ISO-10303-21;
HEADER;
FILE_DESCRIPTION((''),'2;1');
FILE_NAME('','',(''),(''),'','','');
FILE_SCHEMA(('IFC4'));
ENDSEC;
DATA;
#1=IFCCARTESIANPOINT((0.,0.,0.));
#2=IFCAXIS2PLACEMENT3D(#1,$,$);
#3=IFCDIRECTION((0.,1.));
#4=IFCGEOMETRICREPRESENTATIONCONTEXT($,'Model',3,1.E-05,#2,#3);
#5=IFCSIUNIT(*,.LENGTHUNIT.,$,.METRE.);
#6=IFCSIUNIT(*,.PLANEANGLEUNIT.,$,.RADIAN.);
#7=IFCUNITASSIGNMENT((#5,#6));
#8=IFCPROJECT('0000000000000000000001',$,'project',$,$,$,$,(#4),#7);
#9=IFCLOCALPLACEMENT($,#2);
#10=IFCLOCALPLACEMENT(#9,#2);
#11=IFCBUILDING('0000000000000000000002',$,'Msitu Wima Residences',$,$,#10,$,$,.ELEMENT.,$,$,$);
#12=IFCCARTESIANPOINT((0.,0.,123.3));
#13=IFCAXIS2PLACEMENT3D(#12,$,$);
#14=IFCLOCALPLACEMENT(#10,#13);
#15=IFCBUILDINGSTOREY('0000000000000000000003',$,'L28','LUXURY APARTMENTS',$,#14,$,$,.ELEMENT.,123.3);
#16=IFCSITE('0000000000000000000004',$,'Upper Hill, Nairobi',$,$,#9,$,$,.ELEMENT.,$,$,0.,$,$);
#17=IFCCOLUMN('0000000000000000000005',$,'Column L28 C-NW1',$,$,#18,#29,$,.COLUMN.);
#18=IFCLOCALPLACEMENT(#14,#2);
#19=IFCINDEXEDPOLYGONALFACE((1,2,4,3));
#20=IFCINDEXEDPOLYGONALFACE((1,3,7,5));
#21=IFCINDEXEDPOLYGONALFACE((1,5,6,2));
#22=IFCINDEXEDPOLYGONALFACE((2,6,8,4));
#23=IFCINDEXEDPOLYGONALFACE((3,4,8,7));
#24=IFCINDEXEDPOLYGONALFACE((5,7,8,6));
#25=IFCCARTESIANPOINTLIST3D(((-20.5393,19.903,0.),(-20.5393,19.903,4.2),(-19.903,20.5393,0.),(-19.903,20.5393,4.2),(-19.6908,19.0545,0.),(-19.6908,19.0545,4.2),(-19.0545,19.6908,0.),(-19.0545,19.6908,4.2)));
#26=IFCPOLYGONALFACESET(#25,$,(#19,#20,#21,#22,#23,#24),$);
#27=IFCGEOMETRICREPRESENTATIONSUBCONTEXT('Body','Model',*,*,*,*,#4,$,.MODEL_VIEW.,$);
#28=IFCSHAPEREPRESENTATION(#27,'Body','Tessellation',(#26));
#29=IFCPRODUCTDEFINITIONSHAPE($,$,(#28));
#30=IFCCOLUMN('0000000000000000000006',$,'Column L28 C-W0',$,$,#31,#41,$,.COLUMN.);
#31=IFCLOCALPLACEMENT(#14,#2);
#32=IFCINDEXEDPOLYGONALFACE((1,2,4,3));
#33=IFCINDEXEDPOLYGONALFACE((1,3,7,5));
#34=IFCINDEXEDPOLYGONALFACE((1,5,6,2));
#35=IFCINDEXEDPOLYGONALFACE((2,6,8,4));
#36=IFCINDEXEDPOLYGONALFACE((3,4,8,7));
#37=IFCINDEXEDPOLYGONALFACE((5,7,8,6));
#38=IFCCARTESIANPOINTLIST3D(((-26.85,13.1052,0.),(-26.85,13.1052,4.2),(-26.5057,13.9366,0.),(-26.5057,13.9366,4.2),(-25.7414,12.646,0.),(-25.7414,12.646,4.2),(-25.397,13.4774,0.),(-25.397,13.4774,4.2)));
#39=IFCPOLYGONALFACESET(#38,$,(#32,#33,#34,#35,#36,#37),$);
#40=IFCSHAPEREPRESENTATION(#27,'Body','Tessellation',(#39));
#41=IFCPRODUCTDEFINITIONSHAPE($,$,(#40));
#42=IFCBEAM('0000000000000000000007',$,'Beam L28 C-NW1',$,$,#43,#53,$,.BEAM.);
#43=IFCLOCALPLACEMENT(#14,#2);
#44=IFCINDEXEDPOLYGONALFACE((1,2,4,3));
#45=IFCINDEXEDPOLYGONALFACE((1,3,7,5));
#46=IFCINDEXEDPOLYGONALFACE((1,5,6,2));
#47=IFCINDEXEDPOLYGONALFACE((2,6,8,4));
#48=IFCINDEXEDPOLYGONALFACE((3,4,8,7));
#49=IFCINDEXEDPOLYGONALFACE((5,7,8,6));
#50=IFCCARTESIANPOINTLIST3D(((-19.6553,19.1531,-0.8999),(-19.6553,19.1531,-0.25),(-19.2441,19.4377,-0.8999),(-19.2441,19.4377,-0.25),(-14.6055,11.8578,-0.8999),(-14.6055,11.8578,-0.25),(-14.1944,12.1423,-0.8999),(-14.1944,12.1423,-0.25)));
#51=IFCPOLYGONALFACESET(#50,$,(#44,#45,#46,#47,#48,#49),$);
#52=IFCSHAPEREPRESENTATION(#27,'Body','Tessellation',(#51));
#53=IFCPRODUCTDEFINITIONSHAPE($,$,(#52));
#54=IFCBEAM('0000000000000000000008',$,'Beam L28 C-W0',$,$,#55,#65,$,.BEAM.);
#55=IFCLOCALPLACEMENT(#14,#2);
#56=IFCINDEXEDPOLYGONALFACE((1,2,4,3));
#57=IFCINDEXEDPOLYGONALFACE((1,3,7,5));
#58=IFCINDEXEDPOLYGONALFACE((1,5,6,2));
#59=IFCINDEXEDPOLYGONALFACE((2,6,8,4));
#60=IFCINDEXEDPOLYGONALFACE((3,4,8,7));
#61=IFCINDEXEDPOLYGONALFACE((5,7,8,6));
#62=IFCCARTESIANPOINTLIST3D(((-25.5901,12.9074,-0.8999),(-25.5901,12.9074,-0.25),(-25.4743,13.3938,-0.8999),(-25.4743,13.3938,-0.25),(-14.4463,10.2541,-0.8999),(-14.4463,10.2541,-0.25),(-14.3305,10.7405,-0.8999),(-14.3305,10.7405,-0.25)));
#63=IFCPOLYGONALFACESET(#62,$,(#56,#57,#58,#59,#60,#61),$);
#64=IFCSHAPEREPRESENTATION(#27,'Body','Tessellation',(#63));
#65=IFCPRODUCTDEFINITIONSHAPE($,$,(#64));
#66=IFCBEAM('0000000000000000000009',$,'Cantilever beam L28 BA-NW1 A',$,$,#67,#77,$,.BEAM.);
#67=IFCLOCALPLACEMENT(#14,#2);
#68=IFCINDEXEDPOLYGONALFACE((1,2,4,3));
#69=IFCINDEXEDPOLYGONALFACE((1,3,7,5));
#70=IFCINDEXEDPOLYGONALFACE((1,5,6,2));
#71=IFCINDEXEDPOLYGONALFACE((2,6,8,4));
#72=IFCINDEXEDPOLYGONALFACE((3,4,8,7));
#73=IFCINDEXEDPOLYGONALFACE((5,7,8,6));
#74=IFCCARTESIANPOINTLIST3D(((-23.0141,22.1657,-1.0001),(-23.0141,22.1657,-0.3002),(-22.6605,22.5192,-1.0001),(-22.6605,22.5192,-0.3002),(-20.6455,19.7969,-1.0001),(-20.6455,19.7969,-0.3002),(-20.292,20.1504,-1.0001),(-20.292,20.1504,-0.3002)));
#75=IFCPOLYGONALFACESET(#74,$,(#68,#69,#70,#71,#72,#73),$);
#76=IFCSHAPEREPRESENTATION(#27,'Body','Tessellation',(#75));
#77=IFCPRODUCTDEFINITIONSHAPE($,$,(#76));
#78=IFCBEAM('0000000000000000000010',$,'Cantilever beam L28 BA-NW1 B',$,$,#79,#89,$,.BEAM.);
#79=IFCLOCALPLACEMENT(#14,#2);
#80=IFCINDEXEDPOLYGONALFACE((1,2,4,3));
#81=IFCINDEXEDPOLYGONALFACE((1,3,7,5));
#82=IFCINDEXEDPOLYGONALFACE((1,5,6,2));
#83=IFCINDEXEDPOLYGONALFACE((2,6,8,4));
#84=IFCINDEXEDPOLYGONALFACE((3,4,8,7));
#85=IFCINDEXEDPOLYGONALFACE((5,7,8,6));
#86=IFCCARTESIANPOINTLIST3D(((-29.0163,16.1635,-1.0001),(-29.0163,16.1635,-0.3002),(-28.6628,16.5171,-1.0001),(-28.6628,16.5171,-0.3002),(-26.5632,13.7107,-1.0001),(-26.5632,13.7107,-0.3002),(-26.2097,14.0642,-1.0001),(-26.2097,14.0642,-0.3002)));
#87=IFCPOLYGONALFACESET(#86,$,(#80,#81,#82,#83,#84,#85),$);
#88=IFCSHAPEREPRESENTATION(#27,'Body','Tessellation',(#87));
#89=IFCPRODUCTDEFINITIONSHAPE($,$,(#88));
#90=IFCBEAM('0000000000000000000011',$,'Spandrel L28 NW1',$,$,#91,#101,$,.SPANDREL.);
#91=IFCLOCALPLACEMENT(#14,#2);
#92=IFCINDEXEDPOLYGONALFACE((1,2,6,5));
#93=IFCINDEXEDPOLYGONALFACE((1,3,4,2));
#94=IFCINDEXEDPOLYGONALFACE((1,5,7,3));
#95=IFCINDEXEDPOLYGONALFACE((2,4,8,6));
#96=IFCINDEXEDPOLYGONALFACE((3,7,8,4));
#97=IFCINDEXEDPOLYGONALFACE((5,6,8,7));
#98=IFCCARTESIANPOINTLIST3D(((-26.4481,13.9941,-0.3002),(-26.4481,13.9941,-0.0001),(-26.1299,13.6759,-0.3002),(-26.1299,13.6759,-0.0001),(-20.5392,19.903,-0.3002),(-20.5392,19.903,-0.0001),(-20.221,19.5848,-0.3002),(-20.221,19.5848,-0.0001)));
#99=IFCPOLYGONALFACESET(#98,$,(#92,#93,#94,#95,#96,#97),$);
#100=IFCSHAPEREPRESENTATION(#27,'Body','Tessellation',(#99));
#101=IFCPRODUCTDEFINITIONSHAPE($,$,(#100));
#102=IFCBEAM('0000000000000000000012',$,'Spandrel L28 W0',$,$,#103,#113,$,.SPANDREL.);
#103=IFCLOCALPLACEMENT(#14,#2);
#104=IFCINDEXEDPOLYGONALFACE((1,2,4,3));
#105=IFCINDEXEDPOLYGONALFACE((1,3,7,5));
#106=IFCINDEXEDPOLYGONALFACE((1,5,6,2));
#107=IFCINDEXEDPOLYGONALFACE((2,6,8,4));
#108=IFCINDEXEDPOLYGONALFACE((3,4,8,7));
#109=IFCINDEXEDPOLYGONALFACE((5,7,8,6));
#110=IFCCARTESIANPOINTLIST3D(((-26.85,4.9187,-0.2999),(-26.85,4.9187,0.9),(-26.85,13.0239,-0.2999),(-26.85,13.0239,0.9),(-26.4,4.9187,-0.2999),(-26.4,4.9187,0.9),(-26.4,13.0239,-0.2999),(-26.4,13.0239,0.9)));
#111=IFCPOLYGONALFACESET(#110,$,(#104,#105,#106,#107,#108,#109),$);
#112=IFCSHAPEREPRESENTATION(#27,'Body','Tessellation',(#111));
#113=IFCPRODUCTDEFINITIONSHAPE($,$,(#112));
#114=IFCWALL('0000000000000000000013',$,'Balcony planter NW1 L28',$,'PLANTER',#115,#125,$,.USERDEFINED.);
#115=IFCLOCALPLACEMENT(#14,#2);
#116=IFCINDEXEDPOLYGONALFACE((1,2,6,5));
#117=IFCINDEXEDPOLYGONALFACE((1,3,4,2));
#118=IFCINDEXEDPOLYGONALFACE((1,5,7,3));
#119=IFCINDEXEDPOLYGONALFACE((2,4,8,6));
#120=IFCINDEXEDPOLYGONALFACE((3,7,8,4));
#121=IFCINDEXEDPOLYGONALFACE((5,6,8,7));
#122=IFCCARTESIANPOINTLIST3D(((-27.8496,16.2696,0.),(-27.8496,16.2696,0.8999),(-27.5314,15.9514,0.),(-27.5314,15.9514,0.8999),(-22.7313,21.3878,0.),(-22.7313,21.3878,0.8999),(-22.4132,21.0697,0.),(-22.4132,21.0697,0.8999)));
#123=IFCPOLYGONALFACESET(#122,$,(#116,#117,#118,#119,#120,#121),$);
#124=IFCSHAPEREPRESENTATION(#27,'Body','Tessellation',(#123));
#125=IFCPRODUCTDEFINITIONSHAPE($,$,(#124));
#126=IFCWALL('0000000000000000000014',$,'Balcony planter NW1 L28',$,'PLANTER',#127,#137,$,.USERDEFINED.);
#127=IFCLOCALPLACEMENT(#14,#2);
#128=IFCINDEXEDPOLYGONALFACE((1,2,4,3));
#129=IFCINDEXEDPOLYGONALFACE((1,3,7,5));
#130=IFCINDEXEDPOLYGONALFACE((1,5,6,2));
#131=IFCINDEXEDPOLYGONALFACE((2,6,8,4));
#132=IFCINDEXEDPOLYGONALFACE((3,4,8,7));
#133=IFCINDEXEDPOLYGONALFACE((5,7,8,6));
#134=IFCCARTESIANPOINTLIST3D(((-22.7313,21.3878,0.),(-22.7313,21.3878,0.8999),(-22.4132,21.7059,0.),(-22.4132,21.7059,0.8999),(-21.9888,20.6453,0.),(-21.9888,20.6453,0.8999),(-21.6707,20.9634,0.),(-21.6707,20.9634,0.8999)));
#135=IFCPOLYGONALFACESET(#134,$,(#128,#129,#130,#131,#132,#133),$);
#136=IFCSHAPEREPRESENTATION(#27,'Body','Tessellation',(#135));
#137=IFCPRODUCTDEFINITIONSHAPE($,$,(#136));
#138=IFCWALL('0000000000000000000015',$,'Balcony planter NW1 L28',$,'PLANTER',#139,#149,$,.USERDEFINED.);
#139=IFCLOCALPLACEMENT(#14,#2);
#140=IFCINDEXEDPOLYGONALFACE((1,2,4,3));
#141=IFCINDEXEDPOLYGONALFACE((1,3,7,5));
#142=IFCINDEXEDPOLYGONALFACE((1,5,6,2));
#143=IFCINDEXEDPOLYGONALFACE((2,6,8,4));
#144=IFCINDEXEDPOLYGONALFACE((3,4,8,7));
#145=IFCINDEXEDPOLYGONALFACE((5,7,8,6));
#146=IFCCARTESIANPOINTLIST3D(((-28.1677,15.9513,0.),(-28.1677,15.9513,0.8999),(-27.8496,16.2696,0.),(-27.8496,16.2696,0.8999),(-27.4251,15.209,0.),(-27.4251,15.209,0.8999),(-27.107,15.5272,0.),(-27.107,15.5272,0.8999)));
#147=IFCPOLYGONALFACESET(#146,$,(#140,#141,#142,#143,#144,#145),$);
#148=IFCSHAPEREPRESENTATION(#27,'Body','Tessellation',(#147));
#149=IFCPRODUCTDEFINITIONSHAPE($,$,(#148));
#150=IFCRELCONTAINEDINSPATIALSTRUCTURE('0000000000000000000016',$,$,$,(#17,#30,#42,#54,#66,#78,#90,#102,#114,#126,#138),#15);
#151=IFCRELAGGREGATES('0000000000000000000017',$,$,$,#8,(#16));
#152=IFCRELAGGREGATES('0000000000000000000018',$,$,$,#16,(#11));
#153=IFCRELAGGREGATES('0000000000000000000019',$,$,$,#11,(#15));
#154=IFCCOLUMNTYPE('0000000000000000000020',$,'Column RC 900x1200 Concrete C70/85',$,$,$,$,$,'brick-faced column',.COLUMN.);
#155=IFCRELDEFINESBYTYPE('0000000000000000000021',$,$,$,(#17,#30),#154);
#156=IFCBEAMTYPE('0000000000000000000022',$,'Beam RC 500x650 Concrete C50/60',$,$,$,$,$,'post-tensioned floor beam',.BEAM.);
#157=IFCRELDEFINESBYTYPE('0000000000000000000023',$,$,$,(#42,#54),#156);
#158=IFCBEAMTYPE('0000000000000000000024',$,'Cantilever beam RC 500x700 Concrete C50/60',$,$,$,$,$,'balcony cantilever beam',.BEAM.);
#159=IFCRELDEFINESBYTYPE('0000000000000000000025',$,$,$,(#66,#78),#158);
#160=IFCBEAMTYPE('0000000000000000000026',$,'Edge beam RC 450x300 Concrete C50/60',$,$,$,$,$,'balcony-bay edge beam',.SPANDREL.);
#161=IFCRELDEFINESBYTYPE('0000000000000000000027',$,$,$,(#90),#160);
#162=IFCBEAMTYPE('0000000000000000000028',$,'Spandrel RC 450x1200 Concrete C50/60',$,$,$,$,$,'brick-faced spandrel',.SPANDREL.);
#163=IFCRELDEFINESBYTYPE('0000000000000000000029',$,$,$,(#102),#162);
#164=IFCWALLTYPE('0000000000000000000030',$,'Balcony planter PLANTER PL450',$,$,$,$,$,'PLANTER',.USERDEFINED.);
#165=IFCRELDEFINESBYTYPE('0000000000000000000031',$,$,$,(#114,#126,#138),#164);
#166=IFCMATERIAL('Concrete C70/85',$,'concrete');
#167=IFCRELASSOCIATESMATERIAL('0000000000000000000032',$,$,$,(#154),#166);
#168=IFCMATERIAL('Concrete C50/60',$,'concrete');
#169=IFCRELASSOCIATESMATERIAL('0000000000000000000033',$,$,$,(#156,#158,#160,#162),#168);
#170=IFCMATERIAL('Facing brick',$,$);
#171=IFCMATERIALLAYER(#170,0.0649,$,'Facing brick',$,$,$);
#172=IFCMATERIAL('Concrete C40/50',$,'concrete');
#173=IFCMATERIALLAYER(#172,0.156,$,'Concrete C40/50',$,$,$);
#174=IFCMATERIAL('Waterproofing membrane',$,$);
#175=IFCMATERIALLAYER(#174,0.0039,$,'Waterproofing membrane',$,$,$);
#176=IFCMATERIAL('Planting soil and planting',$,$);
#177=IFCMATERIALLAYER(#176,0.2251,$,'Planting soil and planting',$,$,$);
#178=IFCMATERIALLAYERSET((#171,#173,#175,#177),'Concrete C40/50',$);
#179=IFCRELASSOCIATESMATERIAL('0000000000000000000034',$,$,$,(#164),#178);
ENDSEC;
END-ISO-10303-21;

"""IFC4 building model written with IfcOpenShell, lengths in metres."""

from ifc_helpers import new_model, si_unit, direction, frame, frame_2d, origin, origin_2d, place, context, subcontext, project, spatial, rectangle, extrude, material, layer, layer_set, material_profile, profile_set, type_object, element, save


model = new_model("IFC4")

# Units and contexts
model_context = context("Model", 3, precision=1e-05, world=origin(), true_north=direction((0.0, 1.0)))
body_context = subcontext(model_context, "Body", "Model", "MODEL_VIEW")
ifc_project = project(units=[si_unit("LENGTHUNIT", "METRE"), si_unit("PLANEANGLEUNIT", "RADIAN")], contexts=[model_context])

# Site, building, storey
site_placement = place(None, origin())
site = spatial("IfcSite", under=ifc_project, at=site_placement, Name="Upper Hill, Nairobi", CompositionType="ELEMENT", RefElevation=0.0)
building_placement = place(site_placement, origin())
building = spatial("IfcBuilding", under=site, at=building_placement, Name="Msitu Wima Residences", CompositionType="ELEMENT")
storey_placement = place(building_placement, frame((0.0, 0.0, 123.3)))
storey = spatial("IfcBuildingStorey", under=building, at=storey_placement, Name="L28", Description="LUXURY APARTMENTS", CompositionType="ELEMENT", Elevation=123.3)

# Columns
ifc_material_1 = material(Name="Concrete C70/85", Category="concrete")
ifc_material_profile_1 = material_profile(ifc_material_1, rectangle(XDim=0.8999, YDim=1.2, at=origin_2d()), Name="RC 900x1200")
ifc_profile_set_1 = profile_set([ifc_material_profile_1], Name="Concrete C70/85")
column_type = type_object("IfcColumnType", Name="Column RC 900x1200 Concrete C70/85", ElementType="brick-faced column", PredefinedType="COLUMN", material=ifc_profile_set_1)
for number, where, z_axis, x_axis, name in (
    (1, (-19.7969, 19.7969, 0.0), (0.0, 0.0, 1.0), (-0.707107, -0.707107, 0.0), "Column L28 C-NW1"),
    (2, (-26.1235, 13.2913, 0.0), (0.0, 0.0, 1.0), (-0.382683, -0.92388, 0.0), "Column L28 C-W0"),
):
    element("IfcColumn", number, at=place(storey_placement, frame(where, z_axis=z_axis, x_axis=x_axis)), inside=storey, type_object=column_type, Name=name, PredefinedType="COLUMN", context=body_context, shape_type="SweptSolid", body=[
        extrude(rectangle(XDim=0.8999, YDim=1.2, at=origin_2d()), origin(), (0.0, 0.0, 1.0), 4.2),
    ])

# Beams
ifc_material_2 = material(Name="Concrete C50/60", Category="concrete")
ifc_material_profile_2 = material_profile(ifc_material_2, rectangle(XDim=0.5, YDim=0.6499, at=origin_2d()), Name="RC 500x650")
ifc_profile_set_2 = profile_set([ifc_material_profile_2], Name="Concrete C50/60")
beam_type_1 = type_object("IfcBeamType", Name="Beam RC 500x650 Concrete C50/60", ElementType="post-tensioned floor beam", PredefinedType="BEAM", material=ifc_profile_set_2)
beam_1_placement = place(storey_placement, frame((-19.4497, 19.2954, -0.575), z_axis=(0.569144, -0.822238, 0.0), x_axis=(0.822238, 0.569144, 0.0)))
element("IfcBeam", 3, at=beam_1_placement, inside=storey, type_object=beam_type_1, Name="Beam L28 C-NW1", PredefinedType="BEAM", context=body_context, shape_type="SweptSolid", body=[
    extrude(rectangle(XDim=0.5, YDim=0.6499, at=origin_2d()), origin(), (0.0, 0.0, 1.0), 8.8726),
])
beam_2_placement = place(storey_placement, frame((-25.5322, 13.1506, -0.575), z_axis=(0.972806, -0.231623, 0.0), x_axis=(0.231623, 0.972806, 0.0)))
element("IfcBeam", 4, at=beam_2_placement, inside=storey, type_object=beam_type_1, Name="Beam L28 C-W0", PredefinedType="BEAM", context=body_context, shape_type="SweptSolid", body=[
    extrude(rectangle(XDim=0.5, YDim=0.6499, at=origin_2d()), origin(), (0.0, 0.0, 1.0), 11.4553),
])
ifc_material_profile_3 = material_profile(ifc_material_2, rectangle(XDim=0.5, YDim=0.7, at=origin_2d()), Name="RC 500x700")
ifc_profile_set_3 = profile_set([ifc_material_profile_3], Name="Concrete C50/60")
beam_type_2 = type_object("IfcBeamType", Name="Cantilever beam RC 500x700 Concrete C50/60", ElementType="balcony cantilever beam", PredefinedType="BEAM", material=ifc_profile_set_3)
beam_3_placement = place(storey_placement, frame((-20.4688, 19.9736, -0.6501), z_axis=(-0.70707, 0.707143, 0.0), x_axis=(-0.707143, -0.70707, 0.0)))
element("IfcBeam", 5, at=beam_3_placement, inside=storey, type_object=beam_type_2, Name="Cantilever beam L28 BA-NW1 A", PredefinedType="BEAM", context=body_context, shape_type="SweptSolid", body=[
    extrude(rectangle(XDim=0.5, YDim=0.7, at=origin_2d()), origin(), (0.0, 0.0, 1.0), 3.3499),
])
beam_4_placement = place(storey_placement, frame((-26.3865, 13.8875, -0.6501), z_axis=(-0.707142, 0.707072, 0.0), x_axis=(-0.707072, -0.707142, 0.0)))
element("IfcBeam", 6, at=beam_4_placement, inside=storey, type_object=beam_type_2, Name="Cantilever beam L28 BA-NW1 B", PredefinedType="BEAM", context=body_context, shape_type="SweptSolid", body=[
    extrude(rectangle(XDim=0.5, YDim=0.7, at=origin_2d()), origin(), (0.0, 0.0, 1.0), 3.469),
])
ifc_material_profile_4 = material_profile(ifc_material_2, rectangle(XDim=0.45, YDim=0.3, at=origin_2d()), Name="RC 450x300")
ifc_profile_set_4 = profile_set([ifc_material_profile_4], Name="Concrete C50/60")
beam_type_3 = type_object("IfcBeamType", Name="Edge beam RC 450x300 Concrete C50/60", ElementType="balcony-bay edge beam", PredefinedType="SPANDREL", material=ifc_profile_set_4)
beam_5_placement = place(storey_placement, frame((-20.3801, 19.7439, -0.1501), z_axis=(-0.707107, -0.707107, 0.0), x_axis=(0.707107, -0.707107, 0.0)))
element("IfcBeam", 7, at=beam_5_placement, inside=storey, type_object=beam_type_3, Name="Spandrel L28 NW1", PredefinedType="SPANDREL", context=body_context, shape_type="SweptSolid", body=[
    extrude(rectangle(XDim=0.45, YDim=0.3, at=origin_2d()), origin(), (0.0, 0.0, 1.0), 8.3564),
])
ifc_material_profile_5 = material_profile(ifc_material_2, rectangle(XDim=0.45, YDim=1.2, at=origin_2d()), Name="RC 450x1200")
ifc_profile_set_5 = profile_set([ifc_material_profile_5], Name="Concrete C50/60")
beam_type_4 = type_object("IfcBeamType", Name="Spandrel RC 450x1200 Concrete C50/60", ElementType="brick-faced spandrel", PredefinedType="SPANDREL", material=ifc_profile_set_5)
beam_6_placement = place(storey_placement, frame((-26.625, 13.0239, 0.3), z_axis=(0.0, -1.0, 0.0), x_axis=(1.0, 0.0, 0.0)))
element("IfcBeam", 8, at=beam_6_placement, inside=storey, type_object=beam_type_4, Name="Spandrel L28 W0", PredefinedType="SPANDREL", context=body_context, shape_type="SweptSolid", body=[
    extrude(rectangle(XDim=0.45, YDim=1.2, at=origin_2d()), origin(), (0.0, 0.0, 1.0), 8.1052),
])

# Walls
ifc_material_3 = material(Name="Facing brick")
ifc_layer_1 = layer(ifc_material_3, 0.0649, Name="Facing brick")
ifc_material_4 = material(Name="Concrete C40/50", Category="concrete")
ifc_layer_2 = layer(ifc_material_4, 0.156, Name="Concrete C40/50")
ifc_material_5 = material(Name="Waterproofing membrane")
ifc_layer_3 = layer(ifc_material_5, 0.0039, Name="Waterproofing membrane")
ifc_material_6 = material(Name="Planting soil and planting")
ifc_layer_4 = layer(ifc_material_6, 0.2251, Name="Planting soil and planting")
ifc_layer_set_1 = layer_set([ifc_layer_1, ifc_layer_2, ifc_layer_3, ifc_layer_4], Name="Concrete C40/50")
wall_type_1 = type_object("IfcWallType", Name="Balcony planter PLANTER PL450", ElementType="PLANTER", PredefinedType="USERDEFINED", material=ifc_layer_set_1)
wall_1_placement = place(storey_placement, frame((-22.5723, 21.2288, 0.0), z_axis=(0.0, 0.0, 1.0), x_axis=(-0.707107, -0.707107, 0.0)))
element("IfcWall", 9, at=wall_1_placement, inside=storey, type_object=wall_type_1, Name="Balcony planter NW1 L28", ObjectType="PLANTER", PredefinedType="USERDEFINED", context=body_context, shape_type="SweptSolid", body=[
    extrude(rectangle(XDim=7.2383, YDim=0.45, at=frame_2d((3.6191, 0.0))), origin(), (0.0, 0.0, 1.0), 0.8999),
])
for number, where, z_axis, x_axis, name in (
    (10, (-21.8298, 20.8044, 0.0), (0.0, 0.0, 1.0), (-0.707107, 0.707107, 0.0), "Balcony planter NW1 L28"),
    (11, (-27.2661, 15.3682, 0.0), (0.0, 0.0, 1.0), (-0.707223, 0.706991, 0.0), "Balcony planter NW1 L28"),
):
    element("IfcWall", number, at=place(storey_placement, frame(where, z_axis=z_axis, x_axis=x_axis)), inside=storey, type_object=wall_type_1, Name=name, ObjectType="PLANTER", PredefinedType="USERDEFINED", context=body_context, shape_type="SweptSolid", body=[
        extrude(rectangle(XDim=1.05, YDim=0.45, at=frame_2d((0.5249, 0.0))), origin(), (0.0, 0.0, 1.0), 0.8999),
    ])

save(model, "model.ifc")
